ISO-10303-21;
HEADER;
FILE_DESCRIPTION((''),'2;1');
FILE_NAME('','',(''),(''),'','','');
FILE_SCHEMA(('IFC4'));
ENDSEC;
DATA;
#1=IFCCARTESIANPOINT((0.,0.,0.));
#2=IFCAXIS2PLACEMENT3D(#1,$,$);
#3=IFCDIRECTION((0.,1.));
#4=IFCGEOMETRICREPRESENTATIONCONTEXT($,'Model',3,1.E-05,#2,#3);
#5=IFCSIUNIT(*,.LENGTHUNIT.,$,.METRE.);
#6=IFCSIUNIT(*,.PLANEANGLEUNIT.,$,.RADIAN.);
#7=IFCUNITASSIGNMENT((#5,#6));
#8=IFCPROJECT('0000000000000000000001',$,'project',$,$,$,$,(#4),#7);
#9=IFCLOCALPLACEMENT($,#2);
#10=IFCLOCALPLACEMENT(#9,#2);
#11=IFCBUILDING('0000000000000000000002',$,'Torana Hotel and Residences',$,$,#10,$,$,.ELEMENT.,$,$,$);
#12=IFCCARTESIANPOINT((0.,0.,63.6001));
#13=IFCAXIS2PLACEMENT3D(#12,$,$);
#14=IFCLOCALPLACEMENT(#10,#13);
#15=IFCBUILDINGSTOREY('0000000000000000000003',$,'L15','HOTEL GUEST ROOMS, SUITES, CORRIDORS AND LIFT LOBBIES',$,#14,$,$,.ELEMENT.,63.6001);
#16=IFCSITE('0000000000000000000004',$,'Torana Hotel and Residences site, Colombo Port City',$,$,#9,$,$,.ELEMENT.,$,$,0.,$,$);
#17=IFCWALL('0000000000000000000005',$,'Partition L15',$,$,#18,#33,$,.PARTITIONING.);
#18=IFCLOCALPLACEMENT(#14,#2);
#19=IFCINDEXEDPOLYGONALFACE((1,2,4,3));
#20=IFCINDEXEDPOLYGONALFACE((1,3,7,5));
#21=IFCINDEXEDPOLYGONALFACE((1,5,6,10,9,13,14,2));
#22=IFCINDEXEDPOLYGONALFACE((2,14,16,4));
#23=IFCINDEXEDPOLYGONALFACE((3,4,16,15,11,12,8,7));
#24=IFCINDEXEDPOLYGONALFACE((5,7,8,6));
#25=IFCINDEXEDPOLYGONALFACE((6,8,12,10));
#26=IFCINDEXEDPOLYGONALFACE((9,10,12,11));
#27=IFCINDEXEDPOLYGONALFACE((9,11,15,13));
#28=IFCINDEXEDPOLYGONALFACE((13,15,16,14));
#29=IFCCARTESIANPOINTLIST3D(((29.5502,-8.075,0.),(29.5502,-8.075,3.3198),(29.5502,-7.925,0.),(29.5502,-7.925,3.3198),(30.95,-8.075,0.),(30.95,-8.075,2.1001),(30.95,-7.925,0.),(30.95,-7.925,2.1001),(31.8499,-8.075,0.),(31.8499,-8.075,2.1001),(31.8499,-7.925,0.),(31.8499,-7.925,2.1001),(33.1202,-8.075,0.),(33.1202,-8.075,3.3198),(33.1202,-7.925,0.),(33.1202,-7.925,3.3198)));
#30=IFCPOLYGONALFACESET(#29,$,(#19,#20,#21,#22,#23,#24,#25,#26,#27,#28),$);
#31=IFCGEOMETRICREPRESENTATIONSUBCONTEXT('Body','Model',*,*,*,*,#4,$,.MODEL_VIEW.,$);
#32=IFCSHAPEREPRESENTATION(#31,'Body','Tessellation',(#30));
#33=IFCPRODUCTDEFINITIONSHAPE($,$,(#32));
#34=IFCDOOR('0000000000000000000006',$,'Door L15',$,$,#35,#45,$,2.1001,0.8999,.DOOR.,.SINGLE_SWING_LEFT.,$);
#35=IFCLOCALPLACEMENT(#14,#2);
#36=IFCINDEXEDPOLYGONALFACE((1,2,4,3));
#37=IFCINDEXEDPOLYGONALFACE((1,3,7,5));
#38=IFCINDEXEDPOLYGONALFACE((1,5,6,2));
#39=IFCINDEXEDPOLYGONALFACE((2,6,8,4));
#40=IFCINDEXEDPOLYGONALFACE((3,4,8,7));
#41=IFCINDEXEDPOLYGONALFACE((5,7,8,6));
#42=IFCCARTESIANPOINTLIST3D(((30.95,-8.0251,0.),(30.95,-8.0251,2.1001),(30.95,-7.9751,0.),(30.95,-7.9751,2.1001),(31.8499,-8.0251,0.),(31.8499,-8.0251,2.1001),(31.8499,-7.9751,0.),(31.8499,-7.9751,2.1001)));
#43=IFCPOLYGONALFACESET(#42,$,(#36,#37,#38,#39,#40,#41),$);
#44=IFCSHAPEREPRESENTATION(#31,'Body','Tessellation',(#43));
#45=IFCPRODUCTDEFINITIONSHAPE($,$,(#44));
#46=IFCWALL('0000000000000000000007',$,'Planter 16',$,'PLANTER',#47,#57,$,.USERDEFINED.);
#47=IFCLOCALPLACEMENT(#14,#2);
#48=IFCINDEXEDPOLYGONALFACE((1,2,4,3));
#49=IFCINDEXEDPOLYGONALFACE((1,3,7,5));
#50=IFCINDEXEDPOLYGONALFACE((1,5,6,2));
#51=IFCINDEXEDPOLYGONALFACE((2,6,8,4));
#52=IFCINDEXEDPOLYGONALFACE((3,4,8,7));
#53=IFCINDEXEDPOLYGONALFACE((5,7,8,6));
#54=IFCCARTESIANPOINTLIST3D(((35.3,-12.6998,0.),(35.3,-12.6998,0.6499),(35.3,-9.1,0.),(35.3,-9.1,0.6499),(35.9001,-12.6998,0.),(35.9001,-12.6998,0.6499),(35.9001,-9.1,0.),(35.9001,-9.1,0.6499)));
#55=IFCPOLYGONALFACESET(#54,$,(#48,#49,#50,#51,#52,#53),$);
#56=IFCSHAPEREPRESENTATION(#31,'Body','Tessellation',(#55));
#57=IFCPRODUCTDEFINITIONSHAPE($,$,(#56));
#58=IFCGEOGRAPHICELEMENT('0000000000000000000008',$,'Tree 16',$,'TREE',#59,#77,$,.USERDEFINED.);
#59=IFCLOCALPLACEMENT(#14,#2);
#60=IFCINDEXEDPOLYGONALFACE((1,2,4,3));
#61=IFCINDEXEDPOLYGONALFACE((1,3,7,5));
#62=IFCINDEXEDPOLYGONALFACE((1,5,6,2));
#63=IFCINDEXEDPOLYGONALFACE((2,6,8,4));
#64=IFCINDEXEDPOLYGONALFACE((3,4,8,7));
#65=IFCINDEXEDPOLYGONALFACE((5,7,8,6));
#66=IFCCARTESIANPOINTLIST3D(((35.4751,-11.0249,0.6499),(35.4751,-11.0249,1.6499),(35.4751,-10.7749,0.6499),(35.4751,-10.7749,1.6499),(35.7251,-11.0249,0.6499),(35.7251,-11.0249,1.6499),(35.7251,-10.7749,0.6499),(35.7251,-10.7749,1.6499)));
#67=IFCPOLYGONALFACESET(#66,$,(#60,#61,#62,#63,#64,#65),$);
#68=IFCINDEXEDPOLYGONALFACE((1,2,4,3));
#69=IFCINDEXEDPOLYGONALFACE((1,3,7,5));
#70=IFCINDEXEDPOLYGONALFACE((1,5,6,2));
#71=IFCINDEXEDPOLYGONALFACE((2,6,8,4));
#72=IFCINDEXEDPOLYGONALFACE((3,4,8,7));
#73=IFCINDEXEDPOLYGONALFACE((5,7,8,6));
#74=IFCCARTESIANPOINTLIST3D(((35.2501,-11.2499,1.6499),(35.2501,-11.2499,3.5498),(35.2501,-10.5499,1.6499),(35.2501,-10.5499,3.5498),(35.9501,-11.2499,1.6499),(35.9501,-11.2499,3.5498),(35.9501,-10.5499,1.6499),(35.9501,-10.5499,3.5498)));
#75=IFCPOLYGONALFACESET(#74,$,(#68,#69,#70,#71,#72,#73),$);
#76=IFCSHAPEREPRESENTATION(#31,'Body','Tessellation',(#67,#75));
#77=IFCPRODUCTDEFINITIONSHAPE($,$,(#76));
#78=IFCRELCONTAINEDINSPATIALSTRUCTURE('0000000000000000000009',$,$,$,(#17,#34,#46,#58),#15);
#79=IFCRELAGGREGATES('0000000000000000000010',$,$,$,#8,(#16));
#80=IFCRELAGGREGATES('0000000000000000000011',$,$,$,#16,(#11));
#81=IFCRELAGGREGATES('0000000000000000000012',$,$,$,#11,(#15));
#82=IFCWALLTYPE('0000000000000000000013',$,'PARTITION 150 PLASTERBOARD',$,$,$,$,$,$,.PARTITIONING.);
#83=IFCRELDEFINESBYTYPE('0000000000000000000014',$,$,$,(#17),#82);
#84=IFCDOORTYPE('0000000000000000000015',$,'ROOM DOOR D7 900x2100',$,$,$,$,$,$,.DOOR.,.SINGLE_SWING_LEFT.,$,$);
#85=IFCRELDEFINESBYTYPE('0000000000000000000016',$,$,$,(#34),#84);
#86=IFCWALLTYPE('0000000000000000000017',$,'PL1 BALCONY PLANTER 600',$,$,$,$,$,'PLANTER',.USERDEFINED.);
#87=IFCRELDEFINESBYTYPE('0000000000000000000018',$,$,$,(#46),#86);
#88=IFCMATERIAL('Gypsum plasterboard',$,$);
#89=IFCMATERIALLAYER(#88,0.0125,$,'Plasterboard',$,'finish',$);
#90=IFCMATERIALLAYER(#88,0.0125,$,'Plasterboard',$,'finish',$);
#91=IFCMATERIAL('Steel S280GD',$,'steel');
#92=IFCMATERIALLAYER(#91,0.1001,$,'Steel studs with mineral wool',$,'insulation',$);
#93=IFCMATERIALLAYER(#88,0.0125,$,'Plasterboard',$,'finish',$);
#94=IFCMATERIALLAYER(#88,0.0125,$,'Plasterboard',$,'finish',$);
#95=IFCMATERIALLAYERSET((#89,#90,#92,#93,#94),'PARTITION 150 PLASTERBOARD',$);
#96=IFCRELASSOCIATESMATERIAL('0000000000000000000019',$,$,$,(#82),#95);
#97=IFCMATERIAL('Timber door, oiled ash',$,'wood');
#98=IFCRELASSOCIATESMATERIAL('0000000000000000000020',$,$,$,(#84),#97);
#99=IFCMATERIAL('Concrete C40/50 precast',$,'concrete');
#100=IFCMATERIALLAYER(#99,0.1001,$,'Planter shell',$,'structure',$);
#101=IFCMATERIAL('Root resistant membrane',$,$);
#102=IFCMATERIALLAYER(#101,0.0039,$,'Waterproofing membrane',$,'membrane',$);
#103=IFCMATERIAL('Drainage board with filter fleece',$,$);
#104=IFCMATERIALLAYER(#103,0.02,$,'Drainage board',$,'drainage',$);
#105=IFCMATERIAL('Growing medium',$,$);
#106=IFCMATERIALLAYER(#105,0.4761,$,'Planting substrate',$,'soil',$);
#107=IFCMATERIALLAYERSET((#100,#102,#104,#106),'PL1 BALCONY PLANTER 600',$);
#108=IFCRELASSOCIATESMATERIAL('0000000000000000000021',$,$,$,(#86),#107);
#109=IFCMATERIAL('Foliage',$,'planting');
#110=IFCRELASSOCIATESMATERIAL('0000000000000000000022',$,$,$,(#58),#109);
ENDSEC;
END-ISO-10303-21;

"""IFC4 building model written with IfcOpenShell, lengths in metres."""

from ifc_helpers import new_model, si_unit, direction, frame, frame_2d, origin, origin_2d, place, context, subcontext, project, spatial, rectangle, extrude, material, layer, layer_set, type_object, element, fill, save


model = new_model("IFC4")

# Units and contexts
model_context = context("Model", 3, precision=1e-05, world=origin(), true_north=direction((0.0, 1.0)))
body_context = subcontext(model_context, "Body", "Model", "MODEL_VIEW")
ifc_project = project(units=[si_unit("LENGTHUNIT", "METRE"), si_unit("PLANEANGLEUNIT", "RADIAN")], contexts=[model_context])

# Site, building, storey
site_placement = place(None, origin())
site = spatial("IfcSite", under=ifc_project, at=site_placement, Name="Torana Hotel and Residences site, Colombo Port City", CompositionType="ELEMENT", RefElevation=0.0)
building_placement = place(site_placement, origin())
building = spatial("IfcBuilding", under=site, at=building_placement, Name="Torana Hotel and Residences", CompositionType="ELEMENT")
storey_placement = place(building_placement, frame((0.0, 0.0, 63.6001)))
storey = spatial("IfcBuildingStorey", under=building, at=storey_placement, Name="L15", Description="HOTEL GUEST ROOMS, SUITES, CORRIDORS AND LIFT LOBBIES", CompositionType="ELEMENT", Elevation=63.6001)

# Shared definitions
ifc_material_1 = material(Name="Steel S280GD", Category="steel")

# Shared definitions
ifc_material_2 = material(Name="Concrete C40/50 precast", Category="concrete")

# Shared definitions
ifc_material_3 = material(Name="Gypsum plasterboard")
ifc_layer_1 = layer(ifc_material_3, 0.0125, Name="Plasterboard", Category="finish")
ifc_layer_2 = layer(ifc_material_3, 0.0125, Name="Plasterboard", Category="finish")
ifc_layer_3 = layer(ifc_material_1, 0.1001, Name="Steel studs with mineral wool", Category="insulation")
ifc_layer_4 = layer(ifc_material_3, 0.0125, Name="Plasterboard", Category="finish")
ifc_layer_5 = layer(ifc_material_3, 0.0125, Name="Plasterboard", Category="finish")
ifc_layer_set_1 = layer_set([ifc_layer_1, ifc_layer_2, ifc_layer_3, ifc_layer_4, ifc_layer_5], Name="PARTITION 150 PLASTERBOARD")
wall_type_1 = type_object("IfcWallType", Name="PARTITION 150 PLASTERBOARD", PredefinedType="PARTITIONING", material=ifc_layer_set_1)

# Wall, opening, door
wall_1_placement = place(storey_placement, frame((29.55, -8.0, 0.0), z_axis=(0.0, 0.0, 1.0), x_axis=(1.0, 0.0, 0.0)))
wall_1 = element("IfcWall", 1, at=wall_1_placement, inside=storey, type_object=wall_type_1, Name="Partition L15", PredefinedType="PARTITIONING", context=body_context, shape_type="SweptSolid", body=[
    extrude(rectangle(XDim=3.5701, YDim=0.1499, at=frame_2d((1.7852, 0.0))), origin(), (0.0, 0.0, 1.0), 3.3198),
])
opening_1_placement = place(wall_1_placement, frame((1.3999, 0.0, 0.0)))
opening_1 = element("IfcOpeningElement", 2, at=opening_1_placement, cuts=wall_1, PredefinedType="OPENING", context=body_context, shape_type="SweptSolid", body=[
    extrude(rectangle(XDim=0.8999, YDim=2.1001, at=frame_2d((0.45, 1.05))), frame((0.0, 0.085, 0.0), z_axis=(0.0, -1.0, 0.0), x_axis=(1.0, 0.0, 0.0)), (0.0, 0.0, 1.0), 0.1699),
])
ifc_material_4 = material(Name="Timber door, oiled ash", Category="wood")
door_type_1 = type_object("IfcDoorType", Name="ROOM DOOR D7 900x2100", OperationType="SINGLE_SWING_LEFT", PredefinedType="DOOR", material=ifc_material_4)
door_1_placement = place(opening_1_placement, origin())
door_1 = element("IfcDoor", 3, at=door_1_placement, inside=storey, type_object=door_type_1, Name="Door L15", OperationType="SINGLE_SWING_LEFT", OverallHeight=2.1001, OverallWidth=0.8999, PredefinedType="DOOR", context=body_context, shape_type="SweptSolid", body=[
    extrude(rectangle(XDim=0.8999, YDim=2.1001, at=frame_2d((0.45, 1.05))), frame((0.0, 0.0249, 0.0), z_axis=(0.0, -1.0, 0.0), x_axis=(1.0, 0.0, 0.0)), (0.0, 0.0, 1.0), 0.05),
])
fill(opening_1, door_1)

# Wall
ifc_layer_6 = layer(ifc_material_2, 0.1001, Name="Planter shell", Category="structure")
ifc_material_5 = material(Name="Root resistant membrane")
ifc_layer_7 = layer(ifc_material_5, 0.0039, Name="Waterproofing membrane", Category="membrane")
ifc_material_6 = material(Name="Drainage board with filter fleece")
ifc_layer_8 = layer(ifc_material_6, 0.02, Name="Drainage board", Category="drainage")
ifc_material_7 = material(Name="Growing medium")
ifc_layer_9 = layer(ifc_material_7, 0.4761, Name="Planting substrate", Category="soil")
ifc_layer_set_2 = layer_set([ifc_layer_6, ifc_layer_7, ifc_layer_8, ifc_layer_9], Name="PL1 BALCONY PLANTER 600")
wall_type_2 = type_object("IfcWallType", Name="PL1 BALCONY PLANTER 600", ElementType="PLANTER", PredefinedType="USERDEFINED", material=ifc_layer_set_2)
wall_2_placement = place(storey_placement, frame((35.6001, -9.1001, 0.0), z_axis=(0.0, 0.0, 1.0), x_axis=(0.0, -1.0, 0.0)))
element("IfcWall", 4, at=wall_2_placement, inside=storey, type_object=wall_type_2, Name="Planter 16", ObjectType="PLANTER", PredefinedType="USERDEFINED", context=body_context, shape_type="SweptSolid", body=[
    extrude(rectangle(XDim=3.5999, YDim=0.6001, at=frame_2d((1.7998, 0.0))), origin(), (0.0, 0.0, 1.0), 0.6499),
])

# Geographic element
ifc_material_8 = material(Name="Foliage", Category="planting")
geographic_element_placement = place(storey_placement, frame((35.6001, -10.8999, 0.6499), z_axis=(0.0, 0.0, 1.0), x_axis=(1.0, 0.0, 0.0)))
element("IfcGeographicElement", 5, at=geographic_element_placement, inside=storey, material=ifc_material_8, Name="Tree 16", ObjectType="TREE", PredefinedType="USERDEFINED", context=body_context, shape_type="SweptSolid", body=[
    extrude(rectangle(XDim=0.25, YDim=0.25, at=origin_2d()), origin(), (0.0, 0.0, 1.0), 1.0),
    extrude(rectangle(XDim=0.7, YDim=0.7, at=origin_2d()), frame((0.0, 0.0, 1.0)), (0.0, 0.0, 1.0), 1.8999),
])

save(model, "model.ifc")
